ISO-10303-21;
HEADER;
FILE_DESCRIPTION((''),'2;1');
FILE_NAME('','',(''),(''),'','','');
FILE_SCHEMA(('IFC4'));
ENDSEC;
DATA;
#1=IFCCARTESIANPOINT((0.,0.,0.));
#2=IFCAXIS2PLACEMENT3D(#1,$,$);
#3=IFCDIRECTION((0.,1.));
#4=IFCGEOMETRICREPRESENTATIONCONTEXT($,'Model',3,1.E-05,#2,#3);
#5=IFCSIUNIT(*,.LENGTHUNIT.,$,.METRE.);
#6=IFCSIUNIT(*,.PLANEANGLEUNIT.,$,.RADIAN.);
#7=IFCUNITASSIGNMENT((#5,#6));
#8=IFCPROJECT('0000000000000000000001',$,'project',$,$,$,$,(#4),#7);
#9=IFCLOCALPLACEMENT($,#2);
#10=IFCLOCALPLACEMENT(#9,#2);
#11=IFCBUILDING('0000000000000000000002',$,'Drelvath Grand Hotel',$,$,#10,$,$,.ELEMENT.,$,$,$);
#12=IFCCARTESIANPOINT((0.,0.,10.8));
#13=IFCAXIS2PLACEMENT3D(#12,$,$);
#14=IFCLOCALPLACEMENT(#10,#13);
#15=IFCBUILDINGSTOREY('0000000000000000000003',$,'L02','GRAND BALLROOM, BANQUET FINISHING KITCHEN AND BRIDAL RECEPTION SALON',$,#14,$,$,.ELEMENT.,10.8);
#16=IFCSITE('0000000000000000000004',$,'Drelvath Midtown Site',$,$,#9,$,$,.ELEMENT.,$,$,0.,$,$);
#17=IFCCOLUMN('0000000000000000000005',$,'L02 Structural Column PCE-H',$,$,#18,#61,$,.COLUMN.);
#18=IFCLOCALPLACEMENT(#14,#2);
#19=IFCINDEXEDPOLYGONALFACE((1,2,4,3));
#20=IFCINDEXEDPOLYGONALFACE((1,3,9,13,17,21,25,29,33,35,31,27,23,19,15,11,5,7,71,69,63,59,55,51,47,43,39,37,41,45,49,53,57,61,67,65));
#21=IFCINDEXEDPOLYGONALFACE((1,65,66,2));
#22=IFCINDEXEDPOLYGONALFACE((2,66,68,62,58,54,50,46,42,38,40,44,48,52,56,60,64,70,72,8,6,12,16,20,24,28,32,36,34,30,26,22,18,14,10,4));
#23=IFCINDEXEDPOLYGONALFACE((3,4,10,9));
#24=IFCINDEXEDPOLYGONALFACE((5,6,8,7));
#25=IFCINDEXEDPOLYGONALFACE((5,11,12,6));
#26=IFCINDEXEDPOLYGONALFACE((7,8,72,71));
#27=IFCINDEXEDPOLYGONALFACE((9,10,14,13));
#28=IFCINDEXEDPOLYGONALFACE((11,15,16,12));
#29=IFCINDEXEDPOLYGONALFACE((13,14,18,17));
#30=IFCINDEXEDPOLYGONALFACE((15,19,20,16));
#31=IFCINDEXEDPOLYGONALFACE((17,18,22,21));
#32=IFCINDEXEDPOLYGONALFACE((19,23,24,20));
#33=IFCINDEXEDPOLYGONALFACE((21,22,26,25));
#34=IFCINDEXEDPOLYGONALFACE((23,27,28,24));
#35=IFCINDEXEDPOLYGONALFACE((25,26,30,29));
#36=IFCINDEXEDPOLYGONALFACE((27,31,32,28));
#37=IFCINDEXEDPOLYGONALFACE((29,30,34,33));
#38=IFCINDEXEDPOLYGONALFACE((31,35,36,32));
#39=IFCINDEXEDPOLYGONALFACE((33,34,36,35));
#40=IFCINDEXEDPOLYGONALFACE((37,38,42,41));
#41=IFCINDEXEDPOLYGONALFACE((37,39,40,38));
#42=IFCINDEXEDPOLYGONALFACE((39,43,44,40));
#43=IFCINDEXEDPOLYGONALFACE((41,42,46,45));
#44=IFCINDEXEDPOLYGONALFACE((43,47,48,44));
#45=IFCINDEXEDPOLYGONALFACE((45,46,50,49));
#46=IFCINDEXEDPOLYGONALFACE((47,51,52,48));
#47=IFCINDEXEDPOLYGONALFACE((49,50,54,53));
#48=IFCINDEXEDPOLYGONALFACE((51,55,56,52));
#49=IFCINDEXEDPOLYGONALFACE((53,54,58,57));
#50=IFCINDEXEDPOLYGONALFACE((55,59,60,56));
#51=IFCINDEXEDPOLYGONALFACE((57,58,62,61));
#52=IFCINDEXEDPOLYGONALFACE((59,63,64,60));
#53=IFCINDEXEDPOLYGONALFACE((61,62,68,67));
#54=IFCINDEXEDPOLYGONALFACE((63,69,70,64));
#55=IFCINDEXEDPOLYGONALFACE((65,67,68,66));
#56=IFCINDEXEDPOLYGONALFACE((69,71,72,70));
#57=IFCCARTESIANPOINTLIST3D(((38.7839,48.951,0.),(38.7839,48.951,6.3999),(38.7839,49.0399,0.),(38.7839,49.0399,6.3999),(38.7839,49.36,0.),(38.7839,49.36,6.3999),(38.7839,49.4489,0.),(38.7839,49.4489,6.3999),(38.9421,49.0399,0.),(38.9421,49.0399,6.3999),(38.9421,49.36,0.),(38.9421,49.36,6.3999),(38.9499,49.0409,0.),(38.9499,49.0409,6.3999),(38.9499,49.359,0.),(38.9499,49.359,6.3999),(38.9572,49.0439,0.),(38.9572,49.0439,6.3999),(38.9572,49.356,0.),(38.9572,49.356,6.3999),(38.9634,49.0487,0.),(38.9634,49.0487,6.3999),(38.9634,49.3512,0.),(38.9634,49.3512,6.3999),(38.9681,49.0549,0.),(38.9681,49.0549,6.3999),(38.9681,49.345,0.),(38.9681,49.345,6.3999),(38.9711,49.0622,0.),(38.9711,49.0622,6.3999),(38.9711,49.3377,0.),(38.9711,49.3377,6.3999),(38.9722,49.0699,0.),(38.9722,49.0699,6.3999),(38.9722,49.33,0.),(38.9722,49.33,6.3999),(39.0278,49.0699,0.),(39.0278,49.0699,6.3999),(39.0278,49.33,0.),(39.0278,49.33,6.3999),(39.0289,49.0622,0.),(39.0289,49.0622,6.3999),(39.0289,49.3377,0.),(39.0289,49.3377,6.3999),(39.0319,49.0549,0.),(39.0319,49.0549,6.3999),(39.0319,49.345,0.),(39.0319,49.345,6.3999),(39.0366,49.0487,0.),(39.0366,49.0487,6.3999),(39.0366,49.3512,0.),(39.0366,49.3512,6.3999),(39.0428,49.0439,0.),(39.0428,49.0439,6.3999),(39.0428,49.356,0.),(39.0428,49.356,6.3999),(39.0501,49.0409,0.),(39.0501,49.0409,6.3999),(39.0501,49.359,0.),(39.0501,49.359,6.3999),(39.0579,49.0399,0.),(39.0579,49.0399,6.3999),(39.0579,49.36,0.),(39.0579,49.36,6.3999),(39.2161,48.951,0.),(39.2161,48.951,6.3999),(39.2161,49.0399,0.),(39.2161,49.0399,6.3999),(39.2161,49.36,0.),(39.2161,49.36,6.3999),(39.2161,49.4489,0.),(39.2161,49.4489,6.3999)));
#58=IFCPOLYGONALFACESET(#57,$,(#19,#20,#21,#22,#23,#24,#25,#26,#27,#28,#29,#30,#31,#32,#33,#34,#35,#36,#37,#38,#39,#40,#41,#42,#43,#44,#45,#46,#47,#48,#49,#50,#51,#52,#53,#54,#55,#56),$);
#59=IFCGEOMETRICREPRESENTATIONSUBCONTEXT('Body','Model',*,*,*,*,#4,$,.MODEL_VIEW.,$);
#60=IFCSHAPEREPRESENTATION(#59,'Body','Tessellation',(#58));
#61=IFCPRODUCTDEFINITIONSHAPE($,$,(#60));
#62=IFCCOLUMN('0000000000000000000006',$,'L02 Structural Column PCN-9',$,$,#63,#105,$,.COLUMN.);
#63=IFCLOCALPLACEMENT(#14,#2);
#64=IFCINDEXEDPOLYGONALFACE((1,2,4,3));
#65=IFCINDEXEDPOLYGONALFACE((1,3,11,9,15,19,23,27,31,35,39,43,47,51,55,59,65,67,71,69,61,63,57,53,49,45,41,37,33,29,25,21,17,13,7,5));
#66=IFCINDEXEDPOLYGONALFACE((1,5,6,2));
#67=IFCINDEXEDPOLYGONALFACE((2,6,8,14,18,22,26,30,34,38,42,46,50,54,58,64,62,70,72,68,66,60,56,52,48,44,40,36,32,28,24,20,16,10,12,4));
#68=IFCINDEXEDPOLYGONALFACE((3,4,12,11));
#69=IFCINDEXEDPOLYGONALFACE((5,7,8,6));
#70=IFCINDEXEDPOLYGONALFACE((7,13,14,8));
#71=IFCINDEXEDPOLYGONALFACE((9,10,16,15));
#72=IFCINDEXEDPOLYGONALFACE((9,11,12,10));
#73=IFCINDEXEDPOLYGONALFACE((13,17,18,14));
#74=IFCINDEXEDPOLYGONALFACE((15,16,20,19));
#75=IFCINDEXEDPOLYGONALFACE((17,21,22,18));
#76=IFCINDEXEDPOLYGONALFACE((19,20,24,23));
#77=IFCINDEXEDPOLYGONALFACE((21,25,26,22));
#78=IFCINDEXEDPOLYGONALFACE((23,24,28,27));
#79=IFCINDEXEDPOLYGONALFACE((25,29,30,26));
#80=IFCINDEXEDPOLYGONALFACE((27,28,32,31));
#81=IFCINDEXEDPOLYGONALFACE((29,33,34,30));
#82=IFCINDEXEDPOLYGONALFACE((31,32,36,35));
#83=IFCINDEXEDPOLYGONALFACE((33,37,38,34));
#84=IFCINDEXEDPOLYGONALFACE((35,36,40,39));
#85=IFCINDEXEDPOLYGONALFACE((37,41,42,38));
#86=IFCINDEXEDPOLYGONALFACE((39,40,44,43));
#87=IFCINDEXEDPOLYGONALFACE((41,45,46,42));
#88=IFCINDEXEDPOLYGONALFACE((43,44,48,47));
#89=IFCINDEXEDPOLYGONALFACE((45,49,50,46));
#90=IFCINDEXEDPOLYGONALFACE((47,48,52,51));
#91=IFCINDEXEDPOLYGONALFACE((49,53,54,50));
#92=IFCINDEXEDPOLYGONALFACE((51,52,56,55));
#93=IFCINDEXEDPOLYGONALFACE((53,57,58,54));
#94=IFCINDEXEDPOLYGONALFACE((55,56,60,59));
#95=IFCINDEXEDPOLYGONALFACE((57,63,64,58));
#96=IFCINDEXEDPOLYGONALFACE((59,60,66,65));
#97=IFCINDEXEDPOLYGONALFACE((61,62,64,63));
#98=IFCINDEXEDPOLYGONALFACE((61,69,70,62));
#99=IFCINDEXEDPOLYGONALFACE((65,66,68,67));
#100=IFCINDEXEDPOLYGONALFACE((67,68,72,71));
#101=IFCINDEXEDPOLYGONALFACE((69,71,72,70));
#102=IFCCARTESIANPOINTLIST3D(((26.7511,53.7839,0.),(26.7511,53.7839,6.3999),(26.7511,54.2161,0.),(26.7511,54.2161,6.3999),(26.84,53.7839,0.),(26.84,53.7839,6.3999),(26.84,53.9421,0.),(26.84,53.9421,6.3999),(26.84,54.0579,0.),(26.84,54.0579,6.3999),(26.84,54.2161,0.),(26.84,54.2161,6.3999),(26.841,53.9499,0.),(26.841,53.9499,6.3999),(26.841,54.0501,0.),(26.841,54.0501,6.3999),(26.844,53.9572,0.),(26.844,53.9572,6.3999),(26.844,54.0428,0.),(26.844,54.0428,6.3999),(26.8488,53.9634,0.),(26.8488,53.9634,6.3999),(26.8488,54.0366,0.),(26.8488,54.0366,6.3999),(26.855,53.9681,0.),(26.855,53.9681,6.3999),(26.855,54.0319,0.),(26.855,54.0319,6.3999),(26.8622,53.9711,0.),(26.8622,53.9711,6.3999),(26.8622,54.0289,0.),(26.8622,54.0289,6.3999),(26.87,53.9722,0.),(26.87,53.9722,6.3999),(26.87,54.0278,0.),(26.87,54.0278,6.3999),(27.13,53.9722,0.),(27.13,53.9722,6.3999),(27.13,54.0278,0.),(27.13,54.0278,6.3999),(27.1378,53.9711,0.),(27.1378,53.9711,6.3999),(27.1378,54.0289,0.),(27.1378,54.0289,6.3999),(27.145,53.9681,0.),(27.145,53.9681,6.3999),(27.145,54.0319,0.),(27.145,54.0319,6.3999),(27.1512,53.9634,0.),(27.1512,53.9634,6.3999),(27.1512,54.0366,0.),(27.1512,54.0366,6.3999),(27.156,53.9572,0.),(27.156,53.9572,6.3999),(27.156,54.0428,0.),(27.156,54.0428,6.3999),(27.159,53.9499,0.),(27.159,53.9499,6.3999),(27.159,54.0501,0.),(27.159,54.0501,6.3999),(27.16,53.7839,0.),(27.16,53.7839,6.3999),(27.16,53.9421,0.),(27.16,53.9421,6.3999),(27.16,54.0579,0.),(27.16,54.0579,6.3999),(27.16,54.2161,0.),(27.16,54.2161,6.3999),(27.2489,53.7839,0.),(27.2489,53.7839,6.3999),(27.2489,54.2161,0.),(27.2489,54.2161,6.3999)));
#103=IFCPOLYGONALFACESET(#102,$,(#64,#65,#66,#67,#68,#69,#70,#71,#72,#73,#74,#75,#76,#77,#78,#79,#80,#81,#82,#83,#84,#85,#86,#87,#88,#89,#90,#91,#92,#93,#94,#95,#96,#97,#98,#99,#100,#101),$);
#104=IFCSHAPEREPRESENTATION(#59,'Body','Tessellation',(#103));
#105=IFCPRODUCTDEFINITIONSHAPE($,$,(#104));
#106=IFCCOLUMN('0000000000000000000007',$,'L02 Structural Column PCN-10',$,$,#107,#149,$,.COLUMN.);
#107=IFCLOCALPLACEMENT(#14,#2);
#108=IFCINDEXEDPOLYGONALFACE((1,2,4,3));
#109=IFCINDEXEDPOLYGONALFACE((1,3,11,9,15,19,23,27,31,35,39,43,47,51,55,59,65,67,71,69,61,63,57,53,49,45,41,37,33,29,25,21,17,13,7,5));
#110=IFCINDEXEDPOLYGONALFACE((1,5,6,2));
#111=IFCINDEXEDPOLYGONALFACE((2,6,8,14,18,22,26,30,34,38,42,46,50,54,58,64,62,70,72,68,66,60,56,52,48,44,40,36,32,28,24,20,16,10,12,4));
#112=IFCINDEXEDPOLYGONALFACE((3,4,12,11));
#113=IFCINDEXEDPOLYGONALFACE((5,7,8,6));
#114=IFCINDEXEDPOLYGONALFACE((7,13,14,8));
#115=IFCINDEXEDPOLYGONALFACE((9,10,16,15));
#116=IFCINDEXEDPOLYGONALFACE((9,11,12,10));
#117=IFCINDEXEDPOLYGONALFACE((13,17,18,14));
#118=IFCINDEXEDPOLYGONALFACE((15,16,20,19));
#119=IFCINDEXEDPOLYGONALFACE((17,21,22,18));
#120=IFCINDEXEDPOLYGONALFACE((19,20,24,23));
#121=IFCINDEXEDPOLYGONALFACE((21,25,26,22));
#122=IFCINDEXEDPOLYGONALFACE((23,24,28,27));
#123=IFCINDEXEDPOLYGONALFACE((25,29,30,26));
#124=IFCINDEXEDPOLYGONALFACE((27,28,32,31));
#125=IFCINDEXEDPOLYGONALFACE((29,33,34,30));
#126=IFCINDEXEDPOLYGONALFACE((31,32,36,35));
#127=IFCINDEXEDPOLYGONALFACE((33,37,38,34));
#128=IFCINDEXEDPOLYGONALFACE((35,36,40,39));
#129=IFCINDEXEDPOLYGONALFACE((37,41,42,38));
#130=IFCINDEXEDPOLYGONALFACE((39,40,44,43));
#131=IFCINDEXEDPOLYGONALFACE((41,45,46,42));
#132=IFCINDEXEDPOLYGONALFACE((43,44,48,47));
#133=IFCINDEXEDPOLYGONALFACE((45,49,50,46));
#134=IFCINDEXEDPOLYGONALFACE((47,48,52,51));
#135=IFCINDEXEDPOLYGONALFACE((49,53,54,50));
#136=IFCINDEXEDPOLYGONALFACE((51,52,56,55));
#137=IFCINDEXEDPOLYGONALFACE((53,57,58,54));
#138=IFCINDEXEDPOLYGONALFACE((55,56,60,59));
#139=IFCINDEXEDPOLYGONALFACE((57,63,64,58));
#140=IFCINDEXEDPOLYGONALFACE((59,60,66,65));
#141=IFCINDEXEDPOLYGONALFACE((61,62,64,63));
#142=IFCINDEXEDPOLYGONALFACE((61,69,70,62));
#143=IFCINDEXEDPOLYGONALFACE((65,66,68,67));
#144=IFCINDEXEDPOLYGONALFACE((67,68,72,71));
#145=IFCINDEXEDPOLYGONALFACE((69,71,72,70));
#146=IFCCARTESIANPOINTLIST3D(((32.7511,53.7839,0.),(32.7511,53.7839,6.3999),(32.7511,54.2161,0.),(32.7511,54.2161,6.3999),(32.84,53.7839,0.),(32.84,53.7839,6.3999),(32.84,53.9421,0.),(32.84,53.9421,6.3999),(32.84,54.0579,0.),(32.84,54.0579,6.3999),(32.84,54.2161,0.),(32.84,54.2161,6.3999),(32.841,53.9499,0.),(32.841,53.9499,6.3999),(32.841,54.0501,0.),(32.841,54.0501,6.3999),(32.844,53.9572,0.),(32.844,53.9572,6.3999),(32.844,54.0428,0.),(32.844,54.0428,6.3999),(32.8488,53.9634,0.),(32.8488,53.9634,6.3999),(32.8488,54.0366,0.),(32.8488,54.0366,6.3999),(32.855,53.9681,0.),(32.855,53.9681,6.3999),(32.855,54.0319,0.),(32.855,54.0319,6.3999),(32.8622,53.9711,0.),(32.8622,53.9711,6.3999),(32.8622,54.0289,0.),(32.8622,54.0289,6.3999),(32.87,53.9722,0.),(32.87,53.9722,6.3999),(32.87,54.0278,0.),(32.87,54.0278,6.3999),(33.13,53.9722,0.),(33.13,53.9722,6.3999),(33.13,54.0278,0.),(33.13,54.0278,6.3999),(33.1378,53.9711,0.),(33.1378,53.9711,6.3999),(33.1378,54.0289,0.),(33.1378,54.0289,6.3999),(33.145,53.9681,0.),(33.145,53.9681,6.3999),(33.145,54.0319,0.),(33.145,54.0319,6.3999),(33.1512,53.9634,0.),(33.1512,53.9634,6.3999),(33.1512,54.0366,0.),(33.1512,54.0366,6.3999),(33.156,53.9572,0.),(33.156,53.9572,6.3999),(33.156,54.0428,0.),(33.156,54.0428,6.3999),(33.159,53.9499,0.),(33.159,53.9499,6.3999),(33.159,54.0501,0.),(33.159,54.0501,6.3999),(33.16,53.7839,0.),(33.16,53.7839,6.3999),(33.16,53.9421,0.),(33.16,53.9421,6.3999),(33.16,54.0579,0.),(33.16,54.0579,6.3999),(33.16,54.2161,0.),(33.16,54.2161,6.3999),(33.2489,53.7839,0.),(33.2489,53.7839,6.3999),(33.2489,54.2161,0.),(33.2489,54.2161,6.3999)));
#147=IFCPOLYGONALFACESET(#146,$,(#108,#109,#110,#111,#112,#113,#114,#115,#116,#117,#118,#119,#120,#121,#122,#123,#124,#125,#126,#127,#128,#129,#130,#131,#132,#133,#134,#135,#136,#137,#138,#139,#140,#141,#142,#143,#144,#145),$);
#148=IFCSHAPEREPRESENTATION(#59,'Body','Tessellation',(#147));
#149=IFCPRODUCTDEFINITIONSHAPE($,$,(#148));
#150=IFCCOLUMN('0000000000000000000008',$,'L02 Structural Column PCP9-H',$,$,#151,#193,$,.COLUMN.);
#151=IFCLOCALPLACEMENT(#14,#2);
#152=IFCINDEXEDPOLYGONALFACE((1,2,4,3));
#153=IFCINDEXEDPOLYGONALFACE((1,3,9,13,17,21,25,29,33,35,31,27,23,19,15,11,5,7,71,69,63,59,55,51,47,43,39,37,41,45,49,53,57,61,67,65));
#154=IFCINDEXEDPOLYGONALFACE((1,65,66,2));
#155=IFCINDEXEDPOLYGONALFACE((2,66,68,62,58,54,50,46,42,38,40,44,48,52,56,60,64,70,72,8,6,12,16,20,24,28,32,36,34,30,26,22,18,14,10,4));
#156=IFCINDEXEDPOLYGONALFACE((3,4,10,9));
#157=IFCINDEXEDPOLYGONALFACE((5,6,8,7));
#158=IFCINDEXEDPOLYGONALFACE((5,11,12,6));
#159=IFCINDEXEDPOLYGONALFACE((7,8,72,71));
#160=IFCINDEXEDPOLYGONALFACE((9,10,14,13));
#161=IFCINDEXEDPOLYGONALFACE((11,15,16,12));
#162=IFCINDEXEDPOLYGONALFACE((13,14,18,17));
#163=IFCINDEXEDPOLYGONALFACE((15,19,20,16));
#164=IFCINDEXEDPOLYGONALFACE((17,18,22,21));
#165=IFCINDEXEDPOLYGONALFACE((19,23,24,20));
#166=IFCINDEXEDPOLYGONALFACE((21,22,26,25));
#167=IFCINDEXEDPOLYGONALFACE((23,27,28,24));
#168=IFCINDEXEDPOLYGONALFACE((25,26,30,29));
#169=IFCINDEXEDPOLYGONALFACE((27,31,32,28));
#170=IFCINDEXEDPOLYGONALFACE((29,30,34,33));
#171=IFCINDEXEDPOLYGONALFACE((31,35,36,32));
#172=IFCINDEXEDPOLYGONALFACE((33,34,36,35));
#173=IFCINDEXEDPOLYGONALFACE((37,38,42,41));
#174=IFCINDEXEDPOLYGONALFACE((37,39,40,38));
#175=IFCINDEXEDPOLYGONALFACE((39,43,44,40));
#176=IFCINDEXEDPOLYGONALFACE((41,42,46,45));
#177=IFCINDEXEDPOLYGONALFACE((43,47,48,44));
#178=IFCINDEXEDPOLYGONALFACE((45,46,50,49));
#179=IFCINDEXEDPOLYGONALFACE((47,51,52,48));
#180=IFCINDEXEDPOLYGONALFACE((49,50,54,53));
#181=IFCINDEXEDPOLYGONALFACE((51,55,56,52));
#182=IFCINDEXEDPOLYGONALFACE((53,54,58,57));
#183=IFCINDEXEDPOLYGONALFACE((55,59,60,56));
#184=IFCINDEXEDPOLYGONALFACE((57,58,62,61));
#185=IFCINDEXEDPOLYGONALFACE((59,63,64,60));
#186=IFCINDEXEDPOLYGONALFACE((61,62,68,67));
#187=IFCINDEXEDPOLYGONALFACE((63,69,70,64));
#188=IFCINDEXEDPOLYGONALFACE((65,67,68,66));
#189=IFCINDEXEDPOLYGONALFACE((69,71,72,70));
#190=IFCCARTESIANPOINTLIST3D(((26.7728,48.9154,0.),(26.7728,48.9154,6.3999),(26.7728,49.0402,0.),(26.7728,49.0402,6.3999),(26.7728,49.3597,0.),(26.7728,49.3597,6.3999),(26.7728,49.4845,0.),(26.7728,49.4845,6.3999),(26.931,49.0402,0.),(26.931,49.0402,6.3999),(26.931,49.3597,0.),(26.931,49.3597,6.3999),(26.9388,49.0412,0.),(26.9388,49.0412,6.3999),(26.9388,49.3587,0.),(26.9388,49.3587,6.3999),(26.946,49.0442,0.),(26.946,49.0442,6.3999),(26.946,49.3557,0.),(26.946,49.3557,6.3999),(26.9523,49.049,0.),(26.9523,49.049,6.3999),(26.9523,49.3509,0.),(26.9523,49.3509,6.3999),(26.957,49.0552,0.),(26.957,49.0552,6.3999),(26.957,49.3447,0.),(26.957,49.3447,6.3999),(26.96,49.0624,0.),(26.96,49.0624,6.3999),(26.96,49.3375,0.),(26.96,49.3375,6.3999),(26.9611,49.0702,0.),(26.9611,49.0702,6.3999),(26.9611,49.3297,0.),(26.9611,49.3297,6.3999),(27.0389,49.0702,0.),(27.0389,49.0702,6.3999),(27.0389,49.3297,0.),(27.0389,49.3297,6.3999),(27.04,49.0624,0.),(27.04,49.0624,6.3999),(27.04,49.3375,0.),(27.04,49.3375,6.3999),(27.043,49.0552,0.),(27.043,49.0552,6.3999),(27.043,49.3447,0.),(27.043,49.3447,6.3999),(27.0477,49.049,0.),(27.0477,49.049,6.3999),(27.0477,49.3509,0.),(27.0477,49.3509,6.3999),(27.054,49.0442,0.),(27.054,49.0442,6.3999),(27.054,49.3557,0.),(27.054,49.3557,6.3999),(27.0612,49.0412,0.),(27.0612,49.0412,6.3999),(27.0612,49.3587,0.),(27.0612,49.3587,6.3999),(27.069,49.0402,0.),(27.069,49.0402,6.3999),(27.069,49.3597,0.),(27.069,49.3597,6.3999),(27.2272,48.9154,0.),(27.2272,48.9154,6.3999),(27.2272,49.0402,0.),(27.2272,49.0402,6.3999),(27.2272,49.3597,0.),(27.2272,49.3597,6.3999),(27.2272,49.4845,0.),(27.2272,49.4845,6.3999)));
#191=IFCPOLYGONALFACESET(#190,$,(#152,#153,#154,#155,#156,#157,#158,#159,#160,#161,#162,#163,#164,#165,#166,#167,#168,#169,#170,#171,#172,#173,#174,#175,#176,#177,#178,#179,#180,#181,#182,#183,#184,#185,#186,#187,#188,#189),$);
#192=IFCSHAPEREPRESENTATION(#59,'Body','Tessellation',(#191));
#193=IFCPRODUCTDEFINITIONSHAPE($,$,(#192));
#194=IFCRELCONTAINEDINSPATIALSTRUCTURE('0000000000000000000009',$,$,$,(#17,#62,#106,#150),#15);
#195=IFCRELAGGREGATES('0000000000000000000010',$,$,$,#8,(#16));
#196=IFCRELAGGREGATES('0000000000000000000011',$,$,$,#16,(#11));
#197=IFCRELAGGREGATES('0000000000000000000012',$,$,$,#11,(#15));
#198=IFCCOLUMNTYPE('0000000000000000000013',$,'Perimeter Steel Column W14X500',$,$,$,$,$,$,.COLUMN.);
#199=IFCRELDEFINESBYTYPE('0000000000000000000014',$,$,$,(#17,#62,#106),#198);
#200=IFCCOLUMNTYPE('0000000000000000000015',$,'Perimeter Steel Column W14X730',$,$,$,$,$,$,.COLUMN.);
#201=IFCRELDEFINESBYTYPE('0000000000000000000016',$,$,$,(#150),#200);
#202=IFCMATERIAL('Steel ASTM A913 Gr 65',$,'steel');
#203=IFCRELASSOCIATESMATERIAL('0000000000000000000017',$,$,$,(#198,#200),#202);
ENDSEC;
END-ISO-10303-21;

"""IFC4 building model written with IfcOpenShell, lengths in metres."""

from ifc_helpers import new_model, si_unit, direction, frame, origin, origin_2d, place, context, subcontext, project, spatial, i_section, extrude, material, material_profile, profile_set, type_object, element, save


model = new_model("IFC4")

# Units and contexts
model_context = context("Model", 3, precision=1e-05, world=origin(), true_north=direction((0.0, 1.0)))
body_context = subcontext(model_context, "Body", "Model", "MODEL_VIEW")
ifc_project = project(units=[si_unit("LENGTHUNIT", "METRE"), si_unit("PLANEANGLEUNIT", "RADIAN")], contexts=[model_context])

# Site, building, storey
site_placement = place(None, origin())
site = spatial("IfcSite", under=ifc_project, at=site_placement, Name="Drelvath Midtown Site", CompositionType="ELEMENT", RefElevation=0.0)
building_placement = place(site_placement, origin())
building = spatial("IfcBuilding", under=site, at=building_placement, Name="Drelvath Grand Hotel", CompositionType="ELEMENT")
storey_placement = place(building_placement, frame((0.0, 0.0, 10.8)))
storey = spatial("IfcBuildingStorey", under=building, at=storey_placement, Name="L02", Description="GRAND BALLROOM, BANQUET FINISHING KITCHEN AND BRIDAL RECEPTION SALON", CompositionType="ELEMENT", Elevation=10.8)

# Columns
ifc_material_1 = material(Name="Steel ASTM A913 Gr 65", Category="steel")
ifc_material_profile_1 = material_profile(ifc_material_1, i_section(OverallWidth=0.4321, OverallDepth=0.4978, WebThickness=0.0557, FlangeThickness=0.0889, FilletRadius=0.03, at=origin_2d()), Name="W14X500")
ifc_profile_set_1 = profile_set([ifc_material_profile_1], Name="Steel ASTM A913 Gr 65")
column_type_1 = type_object("IfcColumnType", Name="Perimeter Steel Column W14X500", PredefinedType="COLUMN", material=ifc_profile_set_1)
for number, where, z_axis, x_axis, name in (
    (1, (39.0, 49.2, 0.0), (0.0, 0.0, 1.0), (1.0, 0.0, 0.0), "L02 Structural Column PCE-H"),
    (2, (27.0, 54.0, 0.0), (0.0, 0.0, 1.0), (0.0, 1.0, 0.0), "L02 Structural Column PCN-9"),
    (3, (33.0, 54.0, 0.0), (0.0, 0.0, 1.0), (0.0, 1.0, 0.0), "L02 Structural Column PCN-10"),
):
    element("IfcColumn", number, at=place(storey_placement, frame(where, z_axis=z_axis, x_axis=x_axis)), inside=storey, type_object=column_type_1, Name=name, PredefinedType="COLUMN", context=body_context, shape_type="SweptSolid", body=[
        extrude(i_section(OverallWidth=0.4321, OverallDepth=0.4978, WebThickness=0.0557, FlangeThickness=0.0889, FilletRadius=0.03, at=origin_2d()), origin(), (0.0, 0.0, 1.0), 6.3999),
    ])
ifc_material_profile_2 = material_profile(ifc_material_1, i_section(OverallWidth=0.4543, OverallDepth=0.5691, WebThickness=0.0779, FlangeThickness=0.1248, FilletRadius=0.03, at=origin_2d()), Name="W14X730")
ifc_profile_set_2 = profile_set([ifc_material_profile_2], Name="Steel ASTM A913 Gr 65")
column_type_2 = type_object("IfcColumnType", Name="Perimeter Steel Column W14X730", PredefinedType="COLUMN", material=ifc_profile_set_2)
column_placement = place(storey_placement, frame((27.0, 49.2, 0.0), z_axis=(0.0, 0.0, 1.0), x_axis=(1.0, 0.0, 0.0)))
element("IfcColumn", 4, at=column_placement, inside=storey, type_object=column_type_2, Name="L02 Structural Column PCP9-H", PredefinedType="COLUMN", context=body_context, shape_type="SweptSolid", body=[
    extrude(i_section(OverallWidth=0.4543, OverallDepth=0.5691, WebThickness=0.0779, FlangeThickness=0.1248, FilletRadius=0.03, at=origin_2d()), origin(), (0.0, 0.0, 1.0), 6.3999),
])

save(model, "model.ifc")
